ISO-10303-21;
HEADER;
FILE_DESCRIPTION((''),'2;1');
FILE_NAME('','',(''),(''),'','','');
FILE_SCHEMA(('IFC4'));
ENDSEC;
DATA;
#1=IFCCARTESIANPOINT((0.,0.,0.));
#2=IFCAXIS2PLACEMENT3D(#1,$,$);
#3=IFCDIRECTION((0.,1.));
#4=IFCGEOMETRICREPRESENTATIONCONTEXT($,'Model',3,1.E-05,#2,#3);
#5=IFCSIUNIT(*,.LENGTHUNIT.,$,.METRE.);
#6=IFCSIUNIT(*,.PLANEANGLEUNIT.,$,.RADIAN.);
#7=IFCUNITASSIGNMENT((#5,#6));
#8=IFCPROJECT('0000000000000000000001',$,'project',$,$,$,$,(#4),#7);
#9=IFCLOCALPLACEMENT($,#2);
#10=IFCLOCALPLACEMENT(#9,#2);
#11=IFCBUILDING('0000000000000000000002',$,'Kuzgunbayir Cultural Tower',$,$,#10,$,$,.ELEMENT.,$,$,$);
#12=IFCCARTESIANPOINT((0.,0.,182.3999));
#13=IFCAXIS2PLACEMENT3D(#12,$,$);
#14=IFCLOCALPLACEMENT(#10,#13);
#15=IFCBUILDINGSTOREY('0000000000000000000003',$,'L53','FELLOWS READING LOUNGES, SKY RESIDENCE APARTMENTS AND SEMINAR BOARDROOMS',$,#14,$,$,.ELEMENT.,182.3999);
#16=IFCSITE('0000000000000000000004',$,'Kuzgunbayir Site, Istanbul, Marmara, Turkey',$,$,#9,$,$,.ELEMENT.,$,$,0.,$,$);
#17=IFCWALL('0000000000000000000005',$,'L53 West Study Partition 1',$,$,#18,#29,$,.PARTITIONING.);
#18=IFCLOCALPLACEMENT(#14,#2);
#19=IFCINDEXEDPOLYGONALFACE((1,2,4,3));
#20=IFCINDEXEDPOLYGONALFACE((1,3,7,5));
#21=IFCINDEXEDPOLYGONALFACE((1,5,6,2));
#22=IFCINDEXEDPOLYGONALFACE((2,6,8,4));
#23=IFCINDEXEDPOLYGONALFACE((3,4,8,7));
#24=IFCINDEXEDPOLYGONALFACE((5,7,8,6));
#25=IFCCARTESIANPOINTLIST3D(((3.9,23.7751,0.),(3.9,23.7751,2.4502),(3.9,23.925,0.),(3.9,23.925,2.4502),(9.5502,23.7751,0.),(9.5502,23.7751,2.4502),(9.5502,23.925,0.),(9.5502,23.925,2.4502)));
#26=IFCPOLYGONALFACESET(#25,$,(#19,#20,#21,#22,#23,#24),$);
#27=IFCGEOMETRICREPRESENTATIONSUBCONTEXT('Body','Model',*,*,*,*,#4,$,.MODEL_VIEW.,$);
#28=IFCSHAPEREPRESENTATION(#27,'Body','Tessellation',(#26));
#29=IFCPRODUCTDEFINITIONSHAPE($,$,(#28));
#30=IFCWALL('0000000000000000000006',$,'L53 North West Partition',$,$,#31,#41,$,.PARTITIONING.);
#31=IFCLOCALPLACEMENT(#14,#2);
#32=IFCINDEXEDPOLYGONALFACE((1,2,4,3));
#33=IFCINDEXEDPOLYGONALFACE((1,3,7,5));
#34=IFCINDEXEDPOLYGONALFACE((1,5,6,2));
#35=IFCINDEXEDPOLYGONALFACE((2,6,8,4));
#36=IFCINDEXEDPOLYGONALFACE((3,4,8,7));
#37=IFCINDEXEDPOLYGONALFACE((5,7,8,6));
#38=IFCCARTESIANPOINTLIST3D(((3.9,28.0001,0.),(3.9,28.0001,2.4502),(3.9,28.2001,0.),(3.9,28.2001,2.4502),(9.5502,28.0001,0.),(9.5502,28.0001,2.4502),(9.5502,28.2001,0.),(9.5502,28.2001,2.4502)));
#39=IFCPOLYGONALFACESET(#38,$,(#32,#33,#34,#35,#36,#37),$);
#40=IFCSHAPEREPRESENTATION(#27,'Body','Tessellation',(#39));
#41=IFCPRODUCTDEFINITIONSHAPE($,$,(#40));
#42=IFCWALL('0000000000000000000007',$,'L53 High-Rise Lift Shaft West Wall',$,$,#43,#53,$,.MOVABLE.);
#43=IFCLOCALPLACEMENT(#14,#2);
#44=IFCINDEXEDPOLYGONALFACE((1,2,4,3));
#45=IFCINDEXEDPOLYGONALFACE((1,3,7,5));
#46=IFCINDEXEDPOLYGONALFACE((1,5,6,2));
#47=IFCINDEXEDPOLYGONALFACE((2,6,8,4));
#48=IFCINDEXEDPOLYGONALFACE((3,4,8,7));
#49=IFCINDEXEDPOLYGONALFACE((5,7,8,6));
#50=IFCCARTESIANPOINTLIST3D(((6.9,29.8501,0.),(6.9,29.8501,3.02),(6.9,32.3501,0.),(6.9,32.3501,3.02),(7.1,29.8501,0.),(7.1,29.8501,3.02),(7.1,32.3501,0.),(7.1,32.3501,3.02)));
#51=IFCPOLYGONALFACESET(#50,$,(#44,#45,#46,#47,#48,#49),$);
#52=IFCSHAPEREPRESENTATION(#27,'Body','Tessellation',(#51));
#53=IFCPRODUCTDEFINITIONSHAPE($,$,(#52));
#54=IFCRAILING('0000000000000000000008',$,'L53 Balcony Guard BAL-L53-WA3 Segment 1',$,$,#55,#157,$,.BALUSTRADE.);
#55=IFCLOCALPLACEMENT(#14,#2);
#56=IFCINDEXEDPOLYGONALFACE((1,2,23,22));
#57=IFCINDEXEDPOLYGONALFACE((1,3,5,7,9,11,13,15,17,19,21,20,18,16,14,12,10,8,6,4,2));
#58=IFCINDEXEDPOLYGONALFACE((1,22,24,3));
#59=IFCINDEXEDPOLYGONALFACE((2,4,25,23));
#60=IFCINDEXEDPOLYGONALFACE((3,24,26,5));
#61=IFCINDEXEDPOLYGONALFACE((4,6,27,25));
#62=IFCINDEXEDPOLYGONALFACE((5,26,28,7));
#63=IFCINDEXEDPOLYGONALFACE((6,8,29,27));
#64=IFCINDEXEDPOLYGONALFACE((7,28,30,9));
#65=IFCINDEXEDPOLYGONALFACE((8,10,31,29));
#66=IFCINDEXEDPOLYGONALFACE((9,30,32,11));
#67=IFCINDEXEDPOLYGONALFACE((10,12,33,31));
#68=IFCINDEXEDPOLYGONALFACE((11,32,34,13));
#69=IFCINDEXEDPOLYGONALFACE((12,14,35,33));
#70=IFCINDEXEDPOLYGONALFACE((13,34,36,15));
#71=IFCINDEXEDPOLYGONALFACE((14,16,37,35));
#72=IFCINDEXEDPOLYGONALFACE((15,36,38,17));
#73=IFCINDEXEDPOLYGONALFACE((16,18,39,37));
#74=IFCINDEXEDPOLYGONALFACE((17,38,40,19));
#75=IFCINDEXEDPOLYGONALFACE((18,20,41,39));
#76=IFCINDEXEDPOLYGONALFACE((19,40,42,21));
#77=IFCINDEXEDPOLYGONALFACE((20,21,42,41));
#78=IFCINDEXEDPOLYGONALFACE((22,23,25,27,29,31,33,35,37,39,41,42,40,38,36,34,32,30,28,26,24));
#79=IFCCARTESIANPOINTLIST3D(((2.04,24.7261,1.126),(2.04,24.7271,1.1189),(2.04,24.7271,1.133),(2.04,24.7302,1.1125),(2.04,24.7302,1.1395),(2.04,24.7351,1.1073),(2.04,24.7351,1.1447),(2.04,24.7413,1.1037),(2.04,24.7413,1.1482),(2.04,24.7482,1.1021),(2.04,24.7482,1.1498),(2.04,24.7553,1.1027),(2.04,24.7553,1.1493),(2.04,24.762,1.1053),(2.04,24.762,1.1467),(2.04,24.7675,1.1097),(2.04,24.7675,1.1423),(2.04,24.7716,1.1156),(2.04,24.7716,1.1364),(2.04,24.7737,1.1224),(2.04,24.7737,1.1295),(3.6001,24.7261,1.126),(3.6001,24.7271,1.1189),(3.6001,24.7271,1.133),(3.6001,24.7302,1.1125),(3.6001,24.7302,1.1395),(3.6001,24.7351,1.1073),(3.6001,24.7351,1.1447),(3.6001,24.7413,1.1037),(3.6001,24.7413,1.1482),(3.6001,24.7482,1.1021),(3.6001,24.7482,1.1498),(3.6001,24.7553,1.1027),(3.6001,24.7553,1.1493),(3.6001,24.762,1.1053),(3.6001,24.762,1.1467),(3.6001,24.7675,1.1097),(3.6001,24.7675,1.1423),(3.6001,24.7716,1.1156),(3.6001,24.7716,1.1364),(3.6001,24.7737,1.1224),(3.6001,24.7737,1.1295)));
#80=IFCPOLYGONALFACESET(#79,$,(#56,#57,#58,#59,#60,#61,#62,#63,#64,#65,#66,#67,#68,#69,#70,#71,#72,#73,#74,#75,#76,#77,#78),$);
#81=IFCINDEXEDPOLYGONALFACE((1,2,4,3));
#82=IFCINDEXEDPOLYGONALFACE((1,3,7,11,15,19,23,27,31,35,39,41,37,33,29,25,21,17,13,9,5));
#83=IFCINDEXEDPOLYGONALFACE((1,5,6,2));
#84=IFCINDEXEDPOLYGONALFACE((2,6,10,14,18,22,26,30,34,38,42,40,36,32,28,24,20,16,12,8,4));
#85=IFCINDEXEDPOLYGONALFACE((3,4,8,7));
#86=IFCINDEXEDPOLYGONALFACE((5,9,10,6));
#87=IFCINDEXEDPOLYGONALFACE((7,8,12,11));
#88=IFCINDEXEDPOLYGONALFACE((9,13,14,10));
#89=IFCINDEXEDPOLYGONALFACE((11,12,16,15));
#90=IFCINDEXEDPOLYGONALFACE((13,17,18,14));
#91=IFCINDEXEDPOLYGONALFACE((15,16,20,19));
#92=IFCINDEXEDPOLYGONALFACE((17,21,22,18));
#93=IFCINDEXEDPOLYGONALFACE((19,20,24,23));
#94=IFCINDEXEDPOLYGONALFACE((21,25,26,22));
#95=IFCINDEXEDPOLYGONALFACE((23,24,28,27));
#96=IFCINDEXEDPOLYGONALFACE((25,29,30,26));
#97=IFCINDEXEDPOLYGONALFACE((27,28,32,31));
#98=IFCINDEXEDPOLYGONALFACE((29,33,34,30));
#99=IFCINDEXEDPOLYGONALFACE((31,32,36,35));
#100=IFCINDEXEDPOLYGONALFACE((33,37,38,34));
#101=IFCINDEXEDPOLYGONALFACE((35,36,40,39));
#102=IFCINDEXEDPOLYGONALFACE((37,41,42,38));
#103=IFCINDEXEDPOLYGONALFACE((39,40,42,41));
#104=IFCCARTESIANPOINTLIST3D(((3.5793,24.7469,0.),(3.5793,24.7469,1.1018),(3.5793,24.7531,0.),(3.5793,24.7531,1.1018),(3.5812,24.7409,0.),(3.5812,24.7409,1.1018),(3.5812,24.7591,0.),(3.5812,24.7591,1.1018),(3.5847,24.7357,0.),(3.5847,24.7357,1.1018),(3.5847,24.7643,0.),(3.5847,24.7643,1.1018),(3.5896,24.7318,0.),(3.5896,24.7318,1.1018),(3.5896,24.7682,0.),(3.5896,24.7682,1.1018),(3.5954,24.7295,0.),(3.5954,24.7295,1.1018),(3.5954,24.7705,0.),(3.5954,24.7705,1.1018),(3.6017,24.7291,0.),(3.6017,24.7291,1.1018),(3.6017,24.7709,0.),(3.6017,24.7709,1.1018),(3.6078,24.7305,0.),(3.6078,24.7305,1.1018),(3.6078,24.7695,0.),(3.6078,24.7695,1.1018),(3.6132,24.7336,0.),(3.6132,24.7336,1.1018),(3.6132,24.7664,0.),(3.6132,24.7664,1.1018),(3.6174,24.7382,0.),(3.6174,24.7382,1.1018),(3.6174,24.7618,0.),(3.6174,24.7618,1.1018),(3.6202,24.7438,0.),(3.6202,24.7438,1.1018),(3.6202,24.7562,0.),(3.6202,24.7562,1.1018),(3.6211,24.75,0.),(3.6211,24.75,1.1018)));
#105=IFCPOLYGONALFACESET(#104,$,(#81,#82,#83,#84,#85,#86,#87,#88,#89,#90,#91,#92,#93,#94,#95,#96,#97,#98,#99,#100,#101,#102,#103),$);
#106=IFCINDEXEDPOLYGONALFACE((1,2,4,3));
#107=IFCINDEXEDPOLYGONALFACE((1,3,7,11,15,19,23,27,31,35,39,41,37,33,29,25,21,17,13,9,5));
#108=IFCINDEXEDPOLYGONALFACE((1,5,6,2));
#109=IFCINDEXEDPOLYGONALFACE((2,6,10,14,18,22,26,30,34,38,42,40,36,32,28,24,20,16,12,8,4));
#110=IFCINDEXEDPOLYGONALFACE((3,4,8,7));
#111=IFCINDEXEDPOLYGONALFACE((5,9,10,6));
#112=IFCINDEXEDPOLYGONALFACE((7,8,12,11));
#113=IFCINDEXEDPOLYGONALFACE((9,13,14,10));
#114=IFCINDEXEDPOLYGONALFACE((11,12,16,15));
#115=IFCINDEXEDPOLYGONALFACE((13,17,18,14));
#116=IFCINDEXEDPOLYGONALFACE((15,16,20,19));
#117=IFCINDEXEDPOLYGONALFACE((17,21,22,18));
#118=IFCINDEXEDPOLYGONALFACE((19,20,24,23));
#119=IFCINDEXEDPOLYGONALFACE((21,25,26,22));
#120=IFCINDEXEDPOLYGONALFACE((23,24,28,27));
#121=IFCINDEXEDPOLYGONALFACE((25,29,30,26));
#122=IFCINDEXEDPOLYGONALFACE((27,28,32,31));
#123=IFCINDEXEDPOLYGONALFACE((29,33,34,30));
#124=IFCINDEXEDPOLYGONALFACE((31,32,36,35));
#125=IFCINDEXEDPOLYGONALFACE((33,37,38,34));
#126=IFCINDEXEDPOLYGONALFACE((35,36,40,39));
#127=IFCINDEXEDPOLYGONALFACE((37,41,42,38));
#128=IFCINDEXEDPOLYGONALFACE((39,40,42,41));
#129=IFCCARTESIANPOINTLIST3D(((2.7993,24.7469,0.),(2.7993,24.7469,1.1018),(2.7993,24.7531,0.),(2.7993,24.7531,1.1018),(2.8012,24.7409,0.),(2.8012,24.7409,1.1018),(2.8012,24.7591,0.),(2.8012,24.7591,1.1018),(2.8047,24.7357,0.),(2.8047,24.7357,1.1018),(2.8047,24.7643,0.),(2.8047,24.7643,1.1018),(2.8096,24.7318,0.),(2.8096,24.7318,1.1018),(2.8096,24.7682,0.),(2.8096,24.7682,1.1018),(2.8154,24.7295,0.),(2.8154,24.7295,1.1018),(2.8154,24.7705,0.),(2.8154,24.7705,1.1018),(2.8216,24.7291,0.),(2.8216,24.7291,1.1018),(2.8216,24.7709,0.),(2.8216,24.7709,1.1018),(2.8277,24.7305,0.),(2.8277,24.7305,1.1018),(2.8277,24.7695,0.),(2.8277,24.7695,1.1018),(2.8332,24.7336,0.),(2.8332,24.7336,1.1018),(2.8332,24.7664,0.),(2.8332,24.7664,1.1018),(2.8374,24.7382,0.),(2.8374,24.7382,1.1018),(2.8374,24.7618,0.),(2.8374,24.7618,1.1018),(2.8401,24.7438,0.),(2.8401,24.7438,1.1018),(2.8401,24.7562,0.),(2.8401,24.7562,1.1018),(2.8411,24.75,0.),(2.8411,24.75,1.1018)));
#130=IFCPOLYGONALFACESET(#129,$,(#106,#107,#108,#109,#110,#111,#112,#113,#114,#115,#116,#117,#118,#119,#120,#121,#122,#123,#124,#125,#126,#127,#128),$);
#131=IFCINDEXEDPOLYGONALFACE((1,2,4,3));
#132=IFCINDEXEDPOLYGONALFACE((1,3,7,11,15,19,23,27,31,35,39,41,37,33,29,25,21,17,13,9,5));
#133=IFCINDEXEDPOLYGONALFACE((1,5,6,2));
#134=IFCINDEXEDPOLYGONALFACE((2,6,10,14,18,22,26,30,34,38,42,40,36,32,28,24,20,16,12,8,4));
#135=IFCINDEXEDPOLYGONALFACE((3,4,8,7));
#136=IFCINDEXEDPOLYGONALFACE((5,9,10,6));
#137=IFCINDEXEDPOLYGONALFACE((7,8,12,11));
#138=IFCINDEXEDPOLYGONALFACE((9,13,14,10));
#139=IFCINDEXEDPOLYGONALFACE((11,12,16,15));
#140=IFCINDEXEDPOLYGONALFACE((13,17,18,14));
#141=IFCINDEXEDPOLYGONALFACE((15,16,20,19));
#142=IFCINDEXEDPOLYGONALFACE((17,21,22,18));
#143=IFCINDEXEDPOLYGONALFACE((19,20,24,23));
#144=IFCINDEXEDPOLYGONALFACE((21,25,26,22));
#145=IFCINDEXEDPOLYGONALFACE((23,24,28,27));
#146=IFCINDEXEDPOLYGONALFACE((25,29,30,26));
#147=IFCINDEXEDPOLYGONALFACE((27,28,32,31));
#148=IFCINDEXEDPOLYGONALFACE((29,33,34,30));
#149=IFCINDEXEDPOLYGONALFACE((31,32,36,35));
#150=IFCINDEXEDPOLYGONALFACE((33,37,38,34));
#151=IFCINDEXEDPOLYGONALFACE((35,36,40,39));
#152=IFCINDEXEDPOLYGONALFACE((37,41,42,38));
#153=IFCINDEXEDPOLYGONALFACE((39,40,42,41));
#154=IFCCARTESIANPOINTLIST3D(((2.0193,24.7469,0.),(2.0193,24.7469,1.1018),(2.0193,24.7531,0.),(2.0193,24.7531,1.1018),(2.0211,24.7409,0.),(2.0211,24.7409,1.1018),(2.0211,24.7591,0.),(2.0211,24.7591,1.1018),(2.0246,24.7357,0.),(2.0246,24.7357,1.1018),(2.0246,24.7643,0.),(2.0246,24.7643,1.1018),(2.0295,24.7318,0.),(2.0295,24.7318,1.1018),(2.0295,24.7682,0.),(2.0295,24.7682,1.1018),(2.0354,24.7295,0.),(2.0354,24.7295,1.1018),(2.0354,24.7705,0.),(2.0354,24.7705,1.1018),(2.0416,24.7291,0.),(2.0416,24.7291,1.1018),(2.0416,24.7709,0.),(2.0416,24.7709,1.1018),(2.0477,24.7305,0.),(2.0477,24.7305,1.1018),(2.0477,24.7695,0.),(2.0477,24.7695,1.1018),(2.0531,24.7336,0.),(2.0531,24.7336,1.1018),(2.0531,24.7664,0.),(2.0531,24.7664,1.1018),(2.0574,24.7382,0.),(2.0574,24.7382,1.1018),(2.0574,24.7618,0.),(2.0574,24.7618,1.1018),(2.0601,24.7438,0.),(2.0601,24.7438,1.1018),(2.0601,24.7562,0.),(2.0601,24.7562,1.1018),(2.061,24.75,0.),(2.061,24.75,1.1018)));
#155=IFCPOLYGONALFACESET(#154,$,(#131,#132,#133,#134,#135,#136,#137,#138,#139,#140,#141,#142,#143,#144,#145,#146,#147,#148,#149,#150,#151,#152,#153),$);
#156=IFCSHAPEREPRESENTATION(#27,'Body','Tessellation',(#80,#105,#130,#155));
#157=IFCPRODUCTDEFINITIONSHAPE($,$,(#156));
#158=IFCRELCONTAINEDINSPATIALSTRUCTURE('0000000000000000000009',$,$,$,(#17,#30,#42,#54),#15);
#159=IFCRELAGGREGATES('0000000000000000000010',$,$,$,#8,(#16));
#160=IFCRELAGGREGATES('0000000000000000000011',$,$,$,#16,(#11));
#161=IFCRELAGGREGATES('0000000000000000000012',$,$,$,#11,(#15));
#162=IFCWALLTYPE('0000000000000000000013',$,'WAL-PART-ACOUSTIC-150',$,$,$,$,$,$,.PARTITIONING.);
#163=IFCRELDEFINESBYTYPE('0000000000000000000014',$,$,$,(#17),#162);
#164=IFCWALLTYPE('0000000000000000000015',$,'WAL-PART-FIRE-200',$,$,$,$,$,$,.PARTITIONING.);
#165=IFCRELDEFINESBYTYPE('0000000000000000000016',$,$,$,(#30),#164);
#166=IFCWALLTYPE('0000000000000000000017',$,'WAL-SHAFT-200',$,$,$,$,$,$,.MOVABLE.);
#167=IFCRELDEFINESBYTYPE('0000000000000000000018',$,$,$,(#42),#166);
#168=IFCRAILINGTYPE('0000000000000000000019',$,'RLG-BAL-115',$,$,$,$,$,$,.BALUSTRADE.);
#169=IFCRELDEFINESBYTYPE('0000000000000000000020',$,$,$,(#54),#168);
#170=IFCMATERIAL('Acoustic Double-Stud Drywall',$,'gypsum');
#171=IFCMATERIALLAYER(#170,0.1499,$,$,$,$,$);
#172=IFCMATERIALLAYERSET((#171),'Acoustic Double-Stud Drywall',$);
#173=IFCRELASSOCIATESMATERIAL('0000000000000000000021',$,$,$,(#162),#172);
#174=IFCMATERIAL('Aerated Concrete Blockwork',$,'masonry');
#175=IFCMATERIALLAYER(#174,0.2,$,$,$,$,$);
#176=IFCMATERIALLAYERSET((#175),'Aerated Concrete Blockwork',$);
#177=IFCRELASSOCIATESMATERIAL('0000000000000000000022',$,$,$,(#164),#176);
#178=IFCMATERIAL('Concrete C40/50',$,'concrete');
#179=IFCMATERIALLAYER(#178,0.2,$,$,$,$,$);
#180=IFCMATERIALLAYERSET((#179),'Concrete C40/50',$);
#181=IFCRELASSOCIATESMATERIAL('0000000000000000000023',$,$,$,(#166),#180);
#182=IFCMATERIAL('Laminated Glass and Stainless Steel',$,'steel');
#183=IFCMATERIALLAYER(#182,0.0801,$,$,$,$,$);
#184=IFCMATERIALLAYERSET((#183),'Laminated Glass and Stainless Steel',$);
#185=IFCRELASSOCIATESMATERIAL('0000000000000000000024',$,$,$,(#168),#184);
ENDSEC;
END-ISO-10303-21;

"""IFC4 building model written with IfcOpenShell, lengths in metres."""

from ifc_helpers import new_model, si_unit, direction, frame, frame_2d, origin, origin_2d, place, context, subcontext, project, spatial, rectangle, circle, extrude, material, layer, layer_set, type_object, element, save


model = new_model("IFC4")

# Units and contexts
model_context = context("Model", 3, precision=1e-05, world=origin(), true_north=direction((0.0, 1.0)))
body_context = subcontext(model_context, "Body", "Model", "MODEL_VIEW")
ifc_project = project(units=[si_unit("LENGTHUNIT", "METRE"), si_unit("PLANEANGLEUNIT", "RADIAN")], contexts=[model_context])

# Site, building, storey
site_placement = place(None, origin())
site = spatial("IfcSite", under=ifc_project, at=site_placement, Name="Kuzgunbayir Site, Istanbul, Marmara, Turkey", CompositionType="ELEMENT", RefElevation=0.0)
building_placement = place(site_placement, origin())
building = spatial("IfcBuilding", under=site, at=building_placement, Name="Kuzgunbayir Cultural Tower", CompositionType="ELEMENT")
storey_placement = place(building_placement, frame((0.0, 0.0, 182.3999)))
storey = spatial("IfcBuildingStorey", under=building, at=storey_placement, Name="L53", Description="FELLOWS READING LOUNGES, SKY RESIDENCE APARTMENTS AND SEMINAR BOARDROOMS", CompositionType="ELEMENT", Elevation=182.3999)

# Walls
ifc_material_1 = material(Name="Acoustic Double-Stud Drywall", Category="gypsum")
ifc_layer_1 = layer(ifc_material_1, 0.1499)
ifc_layer_set_1 = layer_set([ifc_layer_1], Name="Acoustic Double-Stud Drywall")
wall_type_1 = type_object("IfcWallType", Name="WAL-PART-ACOUSTIC-150", PredefinedType="PARTITIONING", material=ifc_layer_set_1)
wall_1_placement = place(storey_placement, frame((3.8999, 23.8501, 0.0), z_axis=(0.0, 0.0, 1.0), x_axis=(1.0, 0.0, 0.0)))
element("IfcWall", 1, at=wall_1_placement, inside=storey, type_object=wall_type_1, Name="L53 West Study Partition 1", PredefinedType="PARTITIONING", context=body_context, shape_type="SweptSolid", body=[
    extrude(rectangle(XDim=5.6501, YDim=0.1499, at=frame_2d((2.8252, 0.0))), origin(), (0.0, 0.0, 1.0), 2.4502),
])
ifc_material_2 = material(Name="Aerated Concrete Blockwork", Category="masonry")
ifc_layer_2 = layer(ifc_material_2, 0.2)
ifc_layer_set_2 = layer_set([ifc_layer_2], Name="Aerated Concrete Blockwork")
wall_type_2 = type_object("IfcWallType", Name="WAL-PART-FIRE-200", PredefinedType="PARTITIONING", material=ifc_layer_set_2)
wall_2_placement = place(storey_placement, frame((3.8999, 28.1001, 0.0), z_axis=(0.0, 0.0, 1.0), x_axis=(1.0, 0.0, 0.0)))
element("IfcWall", 2, at=wall_2_placement, inside=storey, type_object=wall_type_2, Name="L53 North West Partition", PredefinedType="PARTITIONING", context=body_context, shape_type="SweptSolid", body=[
    extrude(rectangle(XDim=5.6501, YDim=0.2, at=frame_2d((2.8252, 0.0))), origin(), (0.0, 0.0, 1.0), 2.4502),
])

# Shared definitions
ifc_material_3 = material(Name="Concrete C40/50", Category="concrete")
ifc_layer_3 = layer(ifc_material_3, 0.2)
ifc_layer_set_3 = layer_set([ifc_layer_3], Name="Concrete C40/50")
wall_type_3 = type_object("IfcWallType", Name="WAL-SHAFT-200", PredefinedType="MOVABLE", material=ifc_layer_set_3)

# Wall
wall_3_placement = place(storey_placement, frame((7.0, 29.8501, 0.0), z_axis=(0.0, 0.0, 1.0), x_axis=(0.0, 1.0, 0.0)))
element("IfcWall", 3, at=wall_3_placement, inside=storey, type_object=wall_type_3, Name="L53 High-Rise Lift Shaft West Wall", PredefinedType="MOVABLE", context=body_context, shape_type="SweptSolid", body=[
    extrude(rectangle(XDim=2.5, YDim=0.2, at=frame_2d((1.25, 0.0))), origin(), (0.0, 0.0, 1.0), 3.02),
])

# Railing
ifc_material_4 = material(Name="Laminated Glass and Stainless Steel", Category="steel")
ifc_layer_4 = layer(ifc_material_4, 0.0801)
ifc_layer_set_4 = layer_set([ifc_layer_4], Name="Laminated Glass and Stainless Steel")
railing_type = type_object("IfcRailingType", Name="RLG-BAL-115", PredefinedType="BALUSTRADE", material=ifc_layer_set_4)
railing_1_placement = place(storey_placement, frame((3.6001, 24.75, 0.0)))
element("IfcRailing", 4, at=railing_1_placement, inside=storey, type_object=railing_type, Name="L53 Balcony Guard BAL-L53-WA3 Segment 1", PredefinedType="BALUSTRADE", context=body_context, shape_type="SweptSolid", body=[
    extrude(circle(Radius=0.0239, at=origin_2d()), frame((0.0, 0.0, 1.126), z_axis=(-1.0, 0.0, 0.0), x_axis=(0.0, -1.0, 0.0)), (0.0, 0.0, 1.0), 1.5601),
    extrude(circle(Radius=0.021, at=origin_2d()), origin(), (0.0, 0.0, 1.0), 1.1018),
    extrude(circle(Radius=0.021, at=origin_2d()), frame((-0.78, 0.0, 0.0)), (0.0, 0.0, 1.0), 1.1018),
    extrude(circle(Radius=0.021, at=origin_2d()), frame((-1.5601, 0.0, 0.0)), (0.0, 0.0, 1.0), 1.1018),
])

save(model, "model.ifc")
